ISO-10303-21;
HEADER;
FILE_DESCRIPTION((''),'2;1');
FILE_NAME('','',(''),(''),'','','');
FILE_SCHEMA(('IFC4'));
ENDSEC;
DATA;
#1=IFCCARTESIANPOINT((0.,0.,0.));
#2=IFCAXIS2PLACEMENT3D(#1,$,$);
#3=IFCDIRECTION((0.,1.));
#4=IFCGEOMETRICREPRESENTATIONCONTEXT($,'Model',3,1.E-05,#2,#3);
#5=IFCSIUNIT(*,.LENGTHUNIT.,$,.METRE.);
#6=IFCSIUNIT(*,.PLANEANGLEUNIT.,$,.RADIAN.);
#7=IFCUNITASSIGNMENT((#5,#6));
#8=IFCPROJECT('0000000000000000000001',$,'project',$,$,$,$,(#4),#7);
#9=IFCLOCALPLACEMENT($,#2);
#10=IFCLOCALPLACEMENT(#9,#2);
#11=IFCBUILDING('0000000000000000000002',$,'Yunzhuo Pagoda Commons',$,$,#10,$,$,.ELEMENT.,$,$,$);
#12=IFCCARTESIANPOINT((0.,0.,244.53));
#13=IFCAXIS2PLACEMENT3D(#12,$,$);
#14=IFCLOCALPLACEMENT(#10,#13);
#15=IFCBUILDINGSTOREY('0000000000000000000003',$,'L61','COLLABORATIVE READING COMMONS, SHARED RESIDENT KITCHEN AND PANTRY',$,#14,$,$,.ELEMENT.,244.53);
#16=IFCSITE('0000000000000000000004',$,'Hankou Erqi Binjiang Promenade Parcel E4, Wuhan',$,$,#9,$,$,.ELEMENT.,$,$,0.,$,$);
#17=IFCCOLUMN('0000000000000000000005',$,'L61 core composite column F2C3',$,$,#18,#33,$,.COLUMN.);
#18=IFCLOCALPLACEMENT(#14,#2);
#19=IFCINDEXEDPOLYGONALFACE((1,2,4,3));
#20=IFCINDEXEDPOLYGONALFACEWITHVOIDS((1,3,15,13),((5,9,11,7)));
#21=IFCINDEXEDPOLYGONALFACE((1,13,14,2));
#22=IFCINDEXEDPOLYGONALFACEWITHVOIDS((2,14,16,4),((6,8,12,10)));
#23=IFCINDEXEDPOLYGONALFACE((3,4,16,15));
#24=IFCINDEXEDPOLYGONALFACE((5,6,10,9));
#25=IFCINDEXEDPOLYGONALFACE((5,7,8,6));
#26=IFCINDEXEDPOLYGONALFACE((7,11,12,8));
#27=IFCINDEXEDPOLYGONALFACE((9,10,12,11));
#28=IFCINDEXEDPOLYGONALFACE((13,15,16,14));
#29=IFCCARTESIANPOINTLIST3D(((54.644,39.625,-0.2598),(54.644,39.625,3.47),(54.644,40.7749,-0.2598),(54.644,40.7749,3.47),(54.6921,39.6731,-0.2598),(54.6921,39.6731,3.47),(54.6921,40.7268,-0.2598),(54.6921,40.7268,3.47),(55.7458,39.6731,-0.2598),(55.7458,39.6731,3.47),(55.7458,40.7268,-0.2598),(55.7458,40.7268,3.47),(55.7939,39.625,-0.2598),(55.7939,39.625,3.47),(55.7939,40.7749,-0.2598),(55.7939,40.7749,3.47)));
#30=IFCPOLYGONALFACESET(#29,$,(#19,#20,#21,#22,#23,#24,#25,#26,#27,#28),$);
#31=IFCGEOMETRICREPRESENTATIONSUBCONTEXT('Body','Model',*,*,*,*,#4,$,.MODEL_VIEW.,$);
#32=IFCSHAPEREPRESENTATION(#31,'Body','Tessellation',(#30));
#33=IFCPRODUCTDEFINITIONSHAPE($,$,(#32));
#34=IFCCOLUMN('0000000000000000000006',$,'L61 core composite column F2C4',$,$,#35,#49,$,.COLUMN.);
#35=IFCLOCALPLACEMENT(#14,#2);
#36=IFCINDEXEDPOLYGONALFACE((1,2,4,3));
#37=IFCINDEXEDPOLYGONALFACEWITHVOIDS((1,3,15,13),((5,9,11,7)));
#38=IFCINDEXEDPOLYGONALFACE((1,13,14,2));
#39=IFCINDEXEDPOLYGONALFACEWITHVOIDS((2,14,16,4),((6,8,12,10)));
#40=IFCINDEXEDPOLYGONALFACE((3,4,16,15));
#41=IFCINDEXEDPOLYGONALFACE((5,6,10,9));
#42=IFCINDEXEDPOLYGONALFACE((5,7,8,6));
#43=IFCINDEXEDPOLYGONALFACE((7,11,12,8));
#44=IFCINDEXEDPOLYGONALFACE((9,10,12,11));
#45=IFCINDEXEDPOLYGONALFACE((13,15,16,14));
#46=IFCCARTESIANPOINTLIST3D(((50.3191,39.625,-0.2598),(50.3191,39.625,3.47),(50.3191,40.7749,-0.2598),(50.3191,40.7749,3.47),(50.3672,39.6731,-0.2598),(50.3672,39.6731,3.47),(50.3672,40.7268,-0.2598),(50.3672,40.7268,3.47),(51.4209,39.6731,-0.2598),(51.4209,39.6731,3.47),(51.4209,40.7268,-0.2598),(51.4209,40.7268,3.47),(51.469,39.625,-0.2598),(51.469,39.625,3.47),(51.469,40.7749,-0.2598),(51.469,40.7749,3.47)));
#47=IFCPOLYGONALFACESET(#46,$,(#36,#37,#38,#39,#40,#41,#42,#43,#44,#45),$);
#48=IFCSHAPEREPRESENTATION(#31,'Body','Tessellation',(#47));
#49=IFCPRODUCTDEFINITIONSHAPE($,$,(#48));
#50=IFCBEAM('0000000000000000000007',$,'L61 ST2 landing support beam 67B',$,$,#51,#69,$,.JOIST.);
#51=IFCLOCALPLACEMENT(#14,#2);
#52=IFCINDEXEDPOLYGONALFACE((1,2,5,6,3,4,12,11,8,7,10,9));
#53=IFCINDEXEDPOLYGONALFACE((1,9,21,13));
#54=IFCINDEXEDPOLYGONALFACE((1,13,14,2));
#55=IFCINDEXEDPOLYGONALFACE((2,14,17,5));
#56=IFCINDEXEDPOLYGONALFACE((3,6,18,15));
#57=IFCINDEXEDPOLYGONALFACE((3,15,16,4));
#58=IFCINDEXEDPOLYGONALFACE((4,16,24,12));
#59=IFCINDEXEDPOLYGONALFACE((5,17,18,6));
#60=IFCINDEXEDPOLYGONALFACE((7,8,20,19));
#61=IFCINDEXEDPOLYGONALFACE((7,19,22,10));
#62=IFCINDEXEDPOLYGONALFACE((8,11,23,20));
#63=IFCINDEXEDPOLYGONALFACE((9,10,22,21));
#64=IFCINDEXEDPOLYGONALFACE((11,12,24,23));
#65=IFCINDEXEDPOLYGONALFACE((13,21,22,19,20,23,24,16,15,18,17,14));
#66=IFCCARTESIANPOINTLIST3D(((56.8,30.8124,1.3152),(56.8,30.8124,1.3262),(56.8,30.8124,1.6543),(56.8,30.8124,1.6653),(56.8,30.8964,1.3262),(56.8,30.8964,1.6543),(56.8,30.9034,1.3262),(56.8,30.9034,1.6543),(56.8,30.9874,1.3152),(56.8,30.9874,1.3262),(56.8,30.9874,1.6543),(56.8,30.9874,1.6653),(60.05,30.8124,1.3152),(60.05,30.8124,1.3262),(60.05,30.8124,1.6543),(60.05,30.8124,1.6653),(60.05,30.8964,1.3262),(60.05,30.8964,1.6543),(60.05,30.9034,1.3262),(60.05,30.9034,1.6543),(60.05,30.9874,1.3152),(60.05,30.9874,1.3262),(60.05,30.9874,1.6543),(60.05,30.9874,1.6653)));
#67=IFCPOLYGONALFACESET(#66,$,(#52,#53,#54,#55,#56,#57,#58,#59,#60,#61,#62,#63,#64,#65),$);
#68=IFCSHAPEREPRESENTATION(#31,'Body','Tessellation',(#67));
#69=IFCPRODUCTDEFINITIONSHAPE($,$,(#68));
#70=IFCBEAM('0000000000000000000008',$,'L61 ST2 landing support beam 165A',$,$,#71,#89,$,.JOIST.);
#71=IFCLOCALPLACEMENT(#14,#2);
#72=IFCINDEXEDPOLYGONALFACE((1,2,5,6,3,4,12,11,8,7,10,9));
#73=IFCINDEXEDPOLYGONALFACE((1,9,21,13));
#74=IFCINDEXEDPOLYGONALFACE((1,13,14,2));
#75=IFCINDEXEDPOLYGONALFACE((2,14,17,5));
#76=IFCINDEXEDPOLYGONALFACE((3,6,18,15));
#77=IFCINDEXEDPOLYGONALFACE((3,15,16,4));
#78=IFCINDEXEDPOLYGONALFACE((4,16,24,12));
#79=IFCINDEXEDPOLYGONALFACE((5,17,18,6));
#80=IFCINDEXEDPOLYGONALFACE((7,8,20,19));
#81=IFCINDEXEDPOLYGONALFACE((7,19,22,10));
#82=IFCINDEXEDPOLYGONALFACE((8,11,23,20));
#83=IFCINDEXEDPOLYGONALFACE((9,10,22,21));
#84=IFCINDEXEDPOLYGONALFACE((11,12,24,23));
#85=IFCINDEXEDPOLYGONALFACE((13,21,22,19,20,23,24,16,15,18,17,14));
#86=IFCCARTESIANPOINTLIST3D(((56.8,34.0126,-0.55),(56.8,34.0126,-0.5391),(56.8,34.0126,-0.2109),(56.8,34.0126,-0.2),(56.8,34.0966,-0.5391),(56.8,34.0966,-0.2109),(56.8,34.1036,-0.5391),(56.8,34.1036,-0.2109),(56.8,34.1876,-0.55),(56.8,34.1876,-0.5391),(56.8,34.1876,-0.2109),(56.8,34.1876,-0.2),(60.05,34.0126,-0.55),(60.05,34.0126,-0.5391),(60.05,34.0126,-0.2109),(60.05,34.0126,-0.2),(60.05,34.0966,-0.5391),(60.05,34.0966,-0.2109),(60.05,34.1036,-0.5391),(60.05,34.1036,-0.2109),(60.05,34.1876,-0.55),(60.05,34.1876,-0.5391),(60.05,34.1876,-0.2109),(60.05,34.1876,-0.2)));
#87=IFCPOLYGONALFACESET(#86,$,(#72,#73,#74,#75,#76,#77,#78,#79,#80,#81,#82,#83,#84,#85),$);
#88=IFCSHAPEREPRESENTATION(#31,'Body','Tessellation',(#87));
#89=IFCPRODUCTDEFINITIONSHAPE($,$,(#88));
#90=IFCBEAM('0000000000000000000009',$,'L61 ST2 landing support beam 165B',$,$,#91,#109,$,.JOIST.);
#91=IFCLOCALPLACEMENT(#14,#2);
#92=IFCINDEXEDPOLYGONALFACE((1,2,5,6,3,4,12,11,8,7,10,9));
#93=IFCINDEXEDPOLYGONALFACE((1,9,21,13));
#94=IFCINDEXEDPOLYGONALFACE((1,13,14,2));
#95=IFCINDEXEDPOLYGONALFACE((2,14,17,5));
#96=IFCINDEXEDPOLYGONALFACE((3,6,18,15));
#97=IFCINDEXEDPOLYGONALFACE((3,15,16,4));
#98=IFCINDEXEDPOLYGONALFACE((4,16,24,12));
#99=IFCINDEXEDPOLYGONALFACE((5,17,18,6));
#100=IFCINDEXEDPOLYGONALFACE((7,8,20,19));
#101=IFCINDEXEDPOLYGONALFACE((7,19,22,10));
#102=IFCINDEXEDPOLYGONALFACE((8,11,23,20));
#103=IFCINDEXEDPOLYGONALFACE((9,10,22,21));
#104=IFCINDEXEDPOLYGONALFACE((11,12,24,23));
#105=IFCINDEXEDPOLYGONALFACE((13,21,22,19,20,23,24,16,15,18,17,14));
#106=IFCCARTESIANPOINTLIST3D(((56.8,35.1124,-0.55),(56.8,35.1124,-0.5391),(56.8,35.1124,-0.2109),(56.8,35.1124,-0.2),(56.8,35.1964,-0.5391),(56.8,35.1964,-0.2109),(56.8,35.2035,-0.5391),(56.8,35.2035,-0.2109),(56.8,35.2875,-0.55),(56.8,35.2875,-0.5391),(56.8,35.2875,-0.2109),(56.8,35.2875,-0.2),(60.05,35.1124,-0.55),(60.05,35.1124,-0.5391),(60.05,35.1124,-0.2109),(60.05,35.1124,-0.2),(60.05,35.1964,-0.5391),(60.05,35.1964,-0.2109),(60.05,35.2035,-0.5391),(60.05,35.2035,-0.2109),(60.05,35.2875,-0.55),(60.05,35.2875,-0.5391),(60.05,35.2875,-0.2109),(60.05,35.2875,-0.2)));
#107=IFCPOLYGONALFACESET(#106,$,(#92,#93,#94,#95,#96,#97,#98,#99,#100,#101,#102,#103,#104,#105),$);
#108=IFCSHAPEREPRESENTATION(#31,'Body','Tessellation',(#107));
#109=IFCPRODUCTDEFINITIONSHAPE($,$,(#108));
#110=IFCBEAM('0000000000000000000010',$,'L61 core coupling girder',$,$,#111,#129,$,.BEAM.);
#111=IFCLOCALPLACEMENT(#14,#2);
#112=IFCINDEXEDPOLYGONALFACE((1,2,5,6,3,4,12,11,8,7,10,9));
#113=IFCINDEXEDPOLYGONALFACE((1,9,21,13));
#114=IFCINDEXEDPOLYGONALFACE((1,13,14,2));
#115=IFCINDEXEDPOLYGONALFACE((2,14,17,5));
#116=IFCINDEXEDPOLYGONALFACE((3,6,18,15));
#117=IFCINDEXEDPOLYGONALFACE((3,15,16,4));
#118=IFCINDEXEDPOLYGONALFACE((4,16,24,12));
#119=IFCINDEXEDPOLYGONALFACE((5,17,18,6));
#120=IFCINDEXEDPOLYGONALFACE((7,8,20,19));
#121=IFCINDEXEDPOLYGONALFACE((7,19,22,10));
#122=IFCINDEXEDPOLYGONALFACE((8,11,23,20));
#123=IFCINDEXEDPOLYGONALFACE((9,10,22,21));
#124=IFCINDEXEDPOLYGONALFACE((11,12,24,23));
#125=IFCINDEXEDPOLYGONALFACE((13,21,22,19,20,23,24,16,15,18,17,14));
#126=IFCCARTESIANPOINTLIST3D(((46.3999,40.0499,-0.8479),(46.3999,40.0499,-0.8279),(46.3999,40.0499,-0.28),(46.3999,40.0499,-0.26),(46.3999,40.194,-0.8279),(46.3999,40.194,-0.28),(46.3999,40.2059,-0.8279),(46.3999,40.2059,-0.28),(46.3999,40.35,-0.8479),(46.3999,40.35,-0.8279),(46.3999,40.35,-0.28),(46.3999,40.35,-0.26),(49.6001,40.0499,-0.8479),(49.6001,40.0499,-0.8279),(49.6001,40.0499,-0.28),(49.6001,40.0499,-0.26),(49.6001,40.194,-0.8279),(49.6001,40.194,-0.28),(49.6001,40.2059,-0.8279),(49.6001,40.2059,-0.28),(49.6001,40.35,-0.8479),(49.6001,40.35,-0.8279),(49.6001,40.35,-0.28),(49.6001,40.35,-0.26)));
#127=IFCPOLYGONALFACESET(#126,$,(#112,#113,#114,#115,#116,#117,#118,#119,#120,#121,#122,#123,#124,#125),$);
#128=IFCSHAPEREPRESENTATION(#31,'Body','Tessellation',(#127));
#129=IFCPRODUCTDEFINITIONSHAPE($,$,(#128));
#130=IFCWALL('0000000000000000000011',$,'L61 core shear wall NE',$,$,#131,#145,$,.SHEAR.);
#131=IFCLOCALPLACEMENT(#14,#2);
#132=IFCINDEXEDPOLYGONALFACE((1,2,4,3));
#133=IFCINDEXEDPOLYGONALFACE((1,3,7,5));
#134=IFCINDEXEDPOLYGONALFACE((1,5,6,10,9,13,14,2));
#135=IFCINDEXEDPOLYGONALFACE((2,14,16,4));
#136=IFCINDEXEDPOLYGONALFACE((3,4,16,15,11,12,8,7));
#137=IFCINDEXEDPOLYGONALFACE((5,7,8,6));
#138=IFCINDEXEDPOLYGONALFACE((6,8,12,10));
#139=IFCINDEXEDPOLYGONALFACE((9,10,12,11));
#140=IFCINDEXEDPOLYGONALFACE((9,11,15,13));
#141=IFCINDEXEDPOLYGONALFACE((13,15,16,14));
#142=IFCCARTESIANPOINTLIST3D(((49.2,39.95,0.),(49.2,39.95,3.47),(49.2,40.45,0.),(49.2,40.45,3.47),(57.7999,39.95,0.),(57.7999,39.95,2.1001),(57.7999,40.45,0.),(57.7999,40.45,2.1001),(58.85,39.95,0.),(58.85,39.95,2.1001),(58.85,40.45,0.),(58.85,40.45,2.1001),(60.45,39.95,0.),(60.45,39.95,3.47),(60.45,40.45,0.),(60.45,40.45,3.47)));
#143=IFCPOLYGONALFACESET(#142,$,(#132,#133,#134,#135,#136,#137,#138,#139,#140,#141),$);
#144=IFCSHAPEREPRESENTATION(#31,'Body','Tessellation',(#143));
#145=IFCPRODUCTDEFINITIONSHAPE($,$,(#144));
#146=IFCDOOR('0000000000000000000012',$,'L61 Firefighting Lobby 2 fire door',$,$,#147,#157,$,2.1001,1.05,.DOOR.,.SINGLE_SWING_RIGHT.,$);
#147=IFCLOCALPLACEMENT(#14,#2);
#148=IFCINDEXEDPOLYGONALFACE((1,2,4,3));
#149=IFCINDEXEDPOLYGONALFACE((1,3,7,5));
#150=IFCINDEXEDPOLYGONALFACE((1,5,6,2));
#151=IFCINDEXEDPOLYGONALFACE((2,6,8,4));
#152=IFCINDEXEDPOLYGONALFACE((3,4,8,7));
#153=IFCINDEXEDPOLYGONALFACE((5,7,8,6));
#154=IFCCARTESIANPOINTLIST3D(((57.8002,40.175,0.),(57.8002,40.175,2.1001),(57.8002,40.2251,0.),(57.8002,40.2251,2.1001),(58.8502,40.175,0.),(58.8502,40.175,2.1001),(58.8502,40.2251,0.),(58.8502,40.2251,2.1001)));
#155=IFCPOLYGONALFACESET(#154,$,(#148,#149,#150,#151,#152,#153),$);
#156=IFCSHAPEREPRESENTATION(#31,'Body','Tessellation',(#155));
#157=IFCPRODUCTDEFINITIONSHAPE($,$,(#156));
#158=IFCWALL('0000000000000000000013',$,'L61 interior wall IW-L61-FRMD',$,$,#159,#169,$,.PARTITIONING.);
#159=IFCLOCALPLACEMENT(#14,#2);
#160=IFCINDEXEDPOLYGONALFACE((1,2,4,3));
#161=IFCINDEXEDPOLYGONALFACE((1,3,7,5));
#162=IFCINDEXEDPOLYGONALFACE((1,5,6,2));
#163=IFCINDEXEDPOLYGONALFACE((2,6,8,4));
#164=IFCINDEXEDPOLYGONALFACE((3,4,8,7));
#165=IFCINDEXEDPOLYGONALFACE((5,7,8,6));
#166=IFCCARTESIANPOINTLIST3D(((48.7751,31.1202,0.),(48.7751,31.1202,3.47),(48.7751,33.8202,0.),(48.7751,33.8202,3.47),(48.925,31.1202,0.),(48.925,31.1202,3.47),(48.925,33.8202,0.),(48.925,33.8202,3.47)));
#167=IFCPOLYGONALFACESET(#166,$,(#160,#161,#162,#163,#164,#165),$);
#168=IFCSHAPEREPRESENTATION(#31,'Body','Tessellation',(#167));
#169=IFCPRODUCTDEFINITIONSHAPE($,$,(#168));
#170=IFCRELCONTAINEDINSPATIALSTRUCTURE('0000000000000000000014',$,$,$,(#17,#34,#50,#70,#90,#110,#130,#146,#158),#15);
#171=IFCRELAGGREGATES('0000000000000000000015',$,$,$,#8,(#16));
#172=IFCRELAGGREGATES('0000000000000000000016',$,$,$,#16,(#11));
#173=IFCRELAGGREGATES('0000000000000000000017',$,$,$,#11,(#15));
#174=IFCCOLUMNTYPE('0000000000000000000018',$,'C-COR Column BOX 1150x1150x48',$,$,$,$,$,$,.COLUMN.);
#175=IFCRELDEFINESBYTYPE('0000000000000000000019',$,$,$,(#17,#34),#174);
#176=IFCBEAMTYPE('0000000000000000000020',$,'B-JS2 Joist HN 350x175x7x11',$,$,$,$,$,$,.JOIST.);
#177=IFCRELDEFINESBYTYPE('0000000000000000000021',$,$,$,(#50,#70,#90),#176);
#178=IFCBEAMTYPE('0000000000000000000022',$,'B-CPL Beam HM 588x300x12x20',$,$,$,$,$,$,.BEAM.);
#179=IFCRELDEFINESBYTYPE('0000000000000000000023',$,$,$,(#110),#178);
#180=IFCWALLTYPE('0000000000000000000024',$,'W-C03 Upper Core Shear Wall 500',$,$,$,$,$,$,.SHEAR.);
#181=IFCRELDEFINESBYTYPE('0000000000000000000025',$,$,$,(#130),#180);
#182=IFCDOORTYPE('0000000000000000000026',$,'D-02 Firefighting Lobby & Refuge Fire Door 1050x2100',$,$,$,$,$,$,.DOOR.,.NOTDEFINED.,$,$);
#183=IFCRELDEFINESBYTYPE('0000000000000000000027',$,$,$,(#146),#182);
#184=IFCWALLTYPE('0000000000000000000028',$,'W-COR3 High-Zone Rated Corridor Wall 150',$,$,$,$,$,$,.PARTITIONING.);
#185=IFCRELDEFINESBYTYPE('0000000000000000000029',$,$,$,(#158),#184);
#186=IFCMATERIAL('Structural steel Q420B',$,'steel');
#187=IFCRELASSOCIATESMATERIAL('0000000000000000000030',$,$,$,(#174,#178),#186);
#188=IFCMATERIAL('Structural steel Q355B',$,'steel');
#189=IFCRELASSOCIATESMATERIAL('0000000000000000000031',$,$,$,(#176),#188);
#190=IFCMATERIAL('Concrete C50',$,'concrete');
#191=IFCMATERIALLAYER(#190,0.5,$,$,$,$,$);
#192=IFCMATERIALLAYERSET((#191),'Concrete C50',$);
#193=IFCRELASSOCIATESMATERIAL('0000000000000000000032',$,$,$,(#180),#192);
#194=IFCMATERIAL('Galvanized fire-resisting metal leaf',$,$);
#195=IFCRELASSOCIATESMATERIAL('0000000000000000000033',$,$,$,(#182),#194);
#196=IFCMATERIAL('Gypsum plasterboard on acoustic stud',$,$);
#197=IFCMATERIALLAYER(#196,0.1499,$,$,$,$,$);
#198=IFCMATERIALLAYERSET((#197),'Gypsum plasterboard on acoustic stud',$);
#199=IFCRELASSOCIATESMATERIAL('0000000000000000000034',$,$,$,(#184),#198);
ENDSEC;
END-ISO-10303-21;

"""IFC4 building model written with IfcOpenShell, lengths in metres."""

from ifc_helpers import new_model, si_unit, direction, frame, frame_2d, origin, origin_2d, place, context, subcontext, project, spatial, rectangle, hollow_rectangle, i_section, extrude, source, transform, mapped, material, layer, layer_set, material_profile, profile_set, type_object, element, fill, save


model = new_model("IFC4")

# Units and contexts
model_context = context("Model", 3, precision=1e-05, world=origin(), true_north=direction((0.0, 1.0)))
body_context = subcontext(model_context, "Body", "Model", "MODEL_VIEW")
ifc_project = project(units=[si_unit("LENGTHUNIT", "METRE"), si_unit("PLANEANGLEUNIT", "RADIAN")], contexts=[model_context])

# Site, building, storey
site_placement = place(None, origin())
site = spatial("IfcSite", under=ifc_project, at=site_placement, Name="Hankou Erqi Binjiang Promenade Parcel E4, Wuhan", CompositionType="ELEMENT", RefElevation=0.0)
building_placement = place(site_placement, origin())
building = spatial("IfcBuilding", under=site, at=building_placement, Name="Yunzhuo Pagoda Commons", CompositionType="ELEMENT")
storey_placement = place(building_placement, frame((0.0, 0.0, 244.53)))
storey = spatial("IfcBuildingStorey", under=building, at=storey_placement, Name="L61", Description="COLLABORATIVE READING COMMONS, SHARED RESIDENT KITCHEN AND PANTRY", CompositionType="ELEMENT", Elevation=244.53)

# Columns
ifc_material_1 = material(Name="Structural steel Q420B", Category="steel")
ifc_material_profile_1 = material_profile(ifc_material_1, hollow_rectangle(XDim=1.1499, YDim=1.1499, WallThickness=0.0481, at=origin_2d()), Name="Structural steel Q420B")
ifc_profile_set_1 = profile_set([ifc_material_profile_1], Name="Structural steel Q420B")
column_type = type_object("IfcColumnType", Name="C-COR Column BOX 1150x1150x48", PredefinedType="COLUMN", material=ifc_profile_set_1)
shared_shape_1 = source(origin(), body_context, "Body", "SweptSolid", [
    extrude(hollow_rectangle(XDim=1.1499, YDim=1.1499, WallThickness=0.0481, at=origin_2d()), origin(), (0.0, 0.0, 1.0), 3.7297),
])
for number, where, z_axis, x_axis, name in (
    (1, (55.219, 40.2, -0.2598), (0.0, 0.0, 1.0), (1.0, 0.0, 0.0), "L61 core composite column F2C3"),
    (2, (50.894, 40.2, -0.2598), (0.0, 0.0, 1.0), (1.0, 0.0, 0.0), "L61 core composite column F2C4"),
):
    element("IfcColumn", number, at=place(storey_placement, frame(where, z_axis=z_axis, x_axis=x_axis)), inside=storey, type_object=column_type, Name=name, PredefinedType="COLUMN", context=body_context, shape_type="MappedRepresentation", body=[
        mapped(shared_shape_1, transform((0.0, 0.0, 0.0), scale=1.0)),
    ])

# Beams
ifc_material_2 = material(Name="Structural steel Q355B", Category="steel")
ifc_material_profile_2 = material_profile(ifc_material_2, i_section(OverallWidth=0.175, OverallDepth=0.3501, WebThickness=0.0071, FlangeThickness=0.011, at=origin_2d()), Name="Structural steel Q355B")
ifc_profile_set_2 = profile_set([ifc_material_profile_2], Name="Structural steel Q355B")
beam_type_1 = type_object("IfcBeamType", Name="B-JS2 Joist HN 350x175x7x11", PredefinedType="JOIST", material=ifc_profile_set_2)
shared_shape_2 = source(origin(), body_context, "Body", "SweptSolid", [
    extrude(i_section(OverallWidth=0.175, OverallDepth=0.3501, WebThickness=0.0071, FlangeThickness=0.011, at=origin_2d()), origin(), (0.0, 0.0, 1.0), 3.25),
])
for number, where, z_axis, x_axis, name in (
    (3, (56.8, 30.8999, 1.4902), (1.0, 0.0, 0.0), (0.0, 1.0, 0.0), "L61 ST2 landing support beam 67B"),
    (4, (56.8, 34.1001, -0.375), (1.0, 0.0, 0.0), (0.0, 1.0, 0.0), "L61 ST2 landing support beam 165A"),
    (5, (56.8, 35.2, -0.375), (1.0, 0.0, 0.0), (0.0, 1.0, 0.0), "L61 ST2 landing support beam 165B"),
):
    element("IfcBeam", number, at=place(storey_placement, frame(where, z_axis=z_axis, x_axis=x_axis)), inside=storey, type_object=beam_type_1, Name=name, PredefinedType="JOIST", context=body_context, shape_type="MappedRepresentation", body=[
        mapped(shared_shape_2, transform((0.0, 0.0, 0.0), scale=1.0)),
    ])
ifc_material_profile_3 = material_profile(ifc_material_1, i_section(OverallWidth=0.3, OverallDepth=0.5879, WebThickness=0.012, FlangeThickness=0.02, at=origin_2d()), Name="Structural steel Q420B")
ifc_profile_set_3 = profile_set([ifc_material_profile_3], Name="Structural steel Q420B")
beam_type_2 = type_object("IfcBeamType", Name="B-CPL Beam HM 588x300x12x20", PredefinedType="BEAM", material=ifc_profile_set_3)
shared_shape_3 = source(origin(), body_context, "Body", "SweptSolid", [
    extrude(i_section(OverallWidth=0.3, OverallDepth=0.5879, WebThickness=0.012, FlangeThickness=0.02, at=origin_2d()), origin(), (0.0, 0.0, 1.0), 3.2002),
])
beam_placement = place(storey_placement, frame((46.3999, 40.2, -0.554), z_axis=(1.0, 0.0, 0.0), x_axis=(0.0, 1.0, 0.0)))
element("IfcBeam", 6, at=beam_placement, inside=storey, type_object=beam_type_2, Name="L61 core coupling girder", PredefinedType="BEAM", context=body_context, shape_type="MappedRepresentation", body=[
    mapped(shared_shape_3, transform((0.0, 0.0, 0.0), scale=1.0)),
])

# Wall, opening, door
ifc_material_3 = material(Name="Concrete C50", Category="concrete")
ifc_layer_1 = layer(ifc_material_3, 0.5)
ifc_layer_set_1 = layer_set([ifc_layer_1], Name="Concrete C50")
wall_type_1 = type_object("IfcWallType", Name="W-C03 Upper Core Shear Wall 500", PredefinedType="SHEAR", material=ifc_layer_set_1)
wall_1_placement = place(storey_placement, frame((49.2, 40.2, 0.0), z_axis=(0.0, 0.0, 1.0), x_axis=(1.0, 0.0, 0.0)))
wall_1 = element("IfcWall", 7, at=wall_1_placement, inside=storey, type_object=wall_type_1, Name="L61 core shear wall NE", PredefinedType="SHEAR", context=body_context, shape_type="SweptSolid", body=[
    extrude(rectangle(XDim=11.25, YDim=0.5, at=frame_2d((5.625, 0.0))), origin(), (0.0, 0.0, 1.0), 3.47),
])
opening_1_placement = place(wall_1_placement, frame((8.6001, 0.0, 0.0)))
opening_1 = element("IfcOpeningElement", 8, at=opening_1_placement, cuts=wall_1, PredefinedType="OPENING", context=body_context, shape_type="SweptSolid", body=[
    extrude(rectangle(XDim=1.05, YDim=2.1001, at=frame_2d((0.5249, 1.05))), frame((0.0, 0.26, 0.0), z_axis=(0.0, -1.0, 0.0), x_axis=(1.0, 0.0, 0.0)), (0.0, 0.0, 1.0), 0.52),
])
ifc_material_4 = material(Name="Galvanized fire-resisting metal leaf")
door_type_1 = type_object("IfcDoorType", Name="D-02 Firefighting Lobby & Refuge Fire Door 1050x2100", OperationType="NOTDEFINED", PredefinedType="DOOR", material=ifc_material_4)
shared_shape_4 = source(origin(), body_context, "Body", "SweptSolid", [
    extrude(rectangle(XDim=1.05, YDim=2.1001, at=frame_2d((0.5249, 1.05))), frame((0.0, 0.0249, 0.0), z_axis=(0.0, -1.0, 0.0), x_axis=(1.0, 0.0, 0.0)), (0.0, 0.0, 1.0), 0.05),
])
door_1_placement = place(opening_1_placement, frame((1.05, 0.0, 0.0), z_axis=(0.0, 0.0, 1.0), x_axis=(-1.0, 0.0, 0.0)))
door_1 = element("IfcDoor", 9, at=door_1_placement, inside=storey, type_object=door_type_1, Name="L61 Firefighting Lobby 2 fire door", OperationType="SINGLE_SWING_RIGHT", OverallHeight=2.1001, OverallWidth=1.05, PredefinedType="DOOR", context=body_context, shape_type="MappedRepresentation", body=[
    mapped(shared_shape_4, transform((0.0, 0.0, 0.0), scale=1.0)),
])
fill(opening_1, door_1)

# Wall
ifc_material_5 = material(Name="Gypsum plasterboard on acoustic stud")
ifc_layer_2 = layer(ifc_material_5, 0.1499)
ifc_layer_set_2 = layer_set([ifc_layer_2], Name="Gypsum plasterboard on acoustic stud")
wall_type_2 = type_object("IfcWallType", Name="W-COR3 High-Zone Rated Corridor Wall 150", PredefinedType="PARTITIONING", material=ifc_layer_set_2)
wall_2_placement = place(storey_placement, frame((48.8501, 31.1201, 0.0), z_axis=(0.0, 0.0, 1.0), x_axis=(0.0, 1.0, 0.0)))
element("IfcWall", 10, at=wall_2_placement, inside=storey, type_object=wall_type_2, Name="L61 interior wall IW-L61-FRMD", PredefinedType="PARTITIONING", context=body_context, shape_type="SweptSolid", body=[
    extrude(rectangle(XDim=2.7, YDim=0.1499, at=frame_2d((1.3501, 0.0))), origin(), (0.0, 0.0, 1.0), 3.47),
])

save(model, "model.ifc")
